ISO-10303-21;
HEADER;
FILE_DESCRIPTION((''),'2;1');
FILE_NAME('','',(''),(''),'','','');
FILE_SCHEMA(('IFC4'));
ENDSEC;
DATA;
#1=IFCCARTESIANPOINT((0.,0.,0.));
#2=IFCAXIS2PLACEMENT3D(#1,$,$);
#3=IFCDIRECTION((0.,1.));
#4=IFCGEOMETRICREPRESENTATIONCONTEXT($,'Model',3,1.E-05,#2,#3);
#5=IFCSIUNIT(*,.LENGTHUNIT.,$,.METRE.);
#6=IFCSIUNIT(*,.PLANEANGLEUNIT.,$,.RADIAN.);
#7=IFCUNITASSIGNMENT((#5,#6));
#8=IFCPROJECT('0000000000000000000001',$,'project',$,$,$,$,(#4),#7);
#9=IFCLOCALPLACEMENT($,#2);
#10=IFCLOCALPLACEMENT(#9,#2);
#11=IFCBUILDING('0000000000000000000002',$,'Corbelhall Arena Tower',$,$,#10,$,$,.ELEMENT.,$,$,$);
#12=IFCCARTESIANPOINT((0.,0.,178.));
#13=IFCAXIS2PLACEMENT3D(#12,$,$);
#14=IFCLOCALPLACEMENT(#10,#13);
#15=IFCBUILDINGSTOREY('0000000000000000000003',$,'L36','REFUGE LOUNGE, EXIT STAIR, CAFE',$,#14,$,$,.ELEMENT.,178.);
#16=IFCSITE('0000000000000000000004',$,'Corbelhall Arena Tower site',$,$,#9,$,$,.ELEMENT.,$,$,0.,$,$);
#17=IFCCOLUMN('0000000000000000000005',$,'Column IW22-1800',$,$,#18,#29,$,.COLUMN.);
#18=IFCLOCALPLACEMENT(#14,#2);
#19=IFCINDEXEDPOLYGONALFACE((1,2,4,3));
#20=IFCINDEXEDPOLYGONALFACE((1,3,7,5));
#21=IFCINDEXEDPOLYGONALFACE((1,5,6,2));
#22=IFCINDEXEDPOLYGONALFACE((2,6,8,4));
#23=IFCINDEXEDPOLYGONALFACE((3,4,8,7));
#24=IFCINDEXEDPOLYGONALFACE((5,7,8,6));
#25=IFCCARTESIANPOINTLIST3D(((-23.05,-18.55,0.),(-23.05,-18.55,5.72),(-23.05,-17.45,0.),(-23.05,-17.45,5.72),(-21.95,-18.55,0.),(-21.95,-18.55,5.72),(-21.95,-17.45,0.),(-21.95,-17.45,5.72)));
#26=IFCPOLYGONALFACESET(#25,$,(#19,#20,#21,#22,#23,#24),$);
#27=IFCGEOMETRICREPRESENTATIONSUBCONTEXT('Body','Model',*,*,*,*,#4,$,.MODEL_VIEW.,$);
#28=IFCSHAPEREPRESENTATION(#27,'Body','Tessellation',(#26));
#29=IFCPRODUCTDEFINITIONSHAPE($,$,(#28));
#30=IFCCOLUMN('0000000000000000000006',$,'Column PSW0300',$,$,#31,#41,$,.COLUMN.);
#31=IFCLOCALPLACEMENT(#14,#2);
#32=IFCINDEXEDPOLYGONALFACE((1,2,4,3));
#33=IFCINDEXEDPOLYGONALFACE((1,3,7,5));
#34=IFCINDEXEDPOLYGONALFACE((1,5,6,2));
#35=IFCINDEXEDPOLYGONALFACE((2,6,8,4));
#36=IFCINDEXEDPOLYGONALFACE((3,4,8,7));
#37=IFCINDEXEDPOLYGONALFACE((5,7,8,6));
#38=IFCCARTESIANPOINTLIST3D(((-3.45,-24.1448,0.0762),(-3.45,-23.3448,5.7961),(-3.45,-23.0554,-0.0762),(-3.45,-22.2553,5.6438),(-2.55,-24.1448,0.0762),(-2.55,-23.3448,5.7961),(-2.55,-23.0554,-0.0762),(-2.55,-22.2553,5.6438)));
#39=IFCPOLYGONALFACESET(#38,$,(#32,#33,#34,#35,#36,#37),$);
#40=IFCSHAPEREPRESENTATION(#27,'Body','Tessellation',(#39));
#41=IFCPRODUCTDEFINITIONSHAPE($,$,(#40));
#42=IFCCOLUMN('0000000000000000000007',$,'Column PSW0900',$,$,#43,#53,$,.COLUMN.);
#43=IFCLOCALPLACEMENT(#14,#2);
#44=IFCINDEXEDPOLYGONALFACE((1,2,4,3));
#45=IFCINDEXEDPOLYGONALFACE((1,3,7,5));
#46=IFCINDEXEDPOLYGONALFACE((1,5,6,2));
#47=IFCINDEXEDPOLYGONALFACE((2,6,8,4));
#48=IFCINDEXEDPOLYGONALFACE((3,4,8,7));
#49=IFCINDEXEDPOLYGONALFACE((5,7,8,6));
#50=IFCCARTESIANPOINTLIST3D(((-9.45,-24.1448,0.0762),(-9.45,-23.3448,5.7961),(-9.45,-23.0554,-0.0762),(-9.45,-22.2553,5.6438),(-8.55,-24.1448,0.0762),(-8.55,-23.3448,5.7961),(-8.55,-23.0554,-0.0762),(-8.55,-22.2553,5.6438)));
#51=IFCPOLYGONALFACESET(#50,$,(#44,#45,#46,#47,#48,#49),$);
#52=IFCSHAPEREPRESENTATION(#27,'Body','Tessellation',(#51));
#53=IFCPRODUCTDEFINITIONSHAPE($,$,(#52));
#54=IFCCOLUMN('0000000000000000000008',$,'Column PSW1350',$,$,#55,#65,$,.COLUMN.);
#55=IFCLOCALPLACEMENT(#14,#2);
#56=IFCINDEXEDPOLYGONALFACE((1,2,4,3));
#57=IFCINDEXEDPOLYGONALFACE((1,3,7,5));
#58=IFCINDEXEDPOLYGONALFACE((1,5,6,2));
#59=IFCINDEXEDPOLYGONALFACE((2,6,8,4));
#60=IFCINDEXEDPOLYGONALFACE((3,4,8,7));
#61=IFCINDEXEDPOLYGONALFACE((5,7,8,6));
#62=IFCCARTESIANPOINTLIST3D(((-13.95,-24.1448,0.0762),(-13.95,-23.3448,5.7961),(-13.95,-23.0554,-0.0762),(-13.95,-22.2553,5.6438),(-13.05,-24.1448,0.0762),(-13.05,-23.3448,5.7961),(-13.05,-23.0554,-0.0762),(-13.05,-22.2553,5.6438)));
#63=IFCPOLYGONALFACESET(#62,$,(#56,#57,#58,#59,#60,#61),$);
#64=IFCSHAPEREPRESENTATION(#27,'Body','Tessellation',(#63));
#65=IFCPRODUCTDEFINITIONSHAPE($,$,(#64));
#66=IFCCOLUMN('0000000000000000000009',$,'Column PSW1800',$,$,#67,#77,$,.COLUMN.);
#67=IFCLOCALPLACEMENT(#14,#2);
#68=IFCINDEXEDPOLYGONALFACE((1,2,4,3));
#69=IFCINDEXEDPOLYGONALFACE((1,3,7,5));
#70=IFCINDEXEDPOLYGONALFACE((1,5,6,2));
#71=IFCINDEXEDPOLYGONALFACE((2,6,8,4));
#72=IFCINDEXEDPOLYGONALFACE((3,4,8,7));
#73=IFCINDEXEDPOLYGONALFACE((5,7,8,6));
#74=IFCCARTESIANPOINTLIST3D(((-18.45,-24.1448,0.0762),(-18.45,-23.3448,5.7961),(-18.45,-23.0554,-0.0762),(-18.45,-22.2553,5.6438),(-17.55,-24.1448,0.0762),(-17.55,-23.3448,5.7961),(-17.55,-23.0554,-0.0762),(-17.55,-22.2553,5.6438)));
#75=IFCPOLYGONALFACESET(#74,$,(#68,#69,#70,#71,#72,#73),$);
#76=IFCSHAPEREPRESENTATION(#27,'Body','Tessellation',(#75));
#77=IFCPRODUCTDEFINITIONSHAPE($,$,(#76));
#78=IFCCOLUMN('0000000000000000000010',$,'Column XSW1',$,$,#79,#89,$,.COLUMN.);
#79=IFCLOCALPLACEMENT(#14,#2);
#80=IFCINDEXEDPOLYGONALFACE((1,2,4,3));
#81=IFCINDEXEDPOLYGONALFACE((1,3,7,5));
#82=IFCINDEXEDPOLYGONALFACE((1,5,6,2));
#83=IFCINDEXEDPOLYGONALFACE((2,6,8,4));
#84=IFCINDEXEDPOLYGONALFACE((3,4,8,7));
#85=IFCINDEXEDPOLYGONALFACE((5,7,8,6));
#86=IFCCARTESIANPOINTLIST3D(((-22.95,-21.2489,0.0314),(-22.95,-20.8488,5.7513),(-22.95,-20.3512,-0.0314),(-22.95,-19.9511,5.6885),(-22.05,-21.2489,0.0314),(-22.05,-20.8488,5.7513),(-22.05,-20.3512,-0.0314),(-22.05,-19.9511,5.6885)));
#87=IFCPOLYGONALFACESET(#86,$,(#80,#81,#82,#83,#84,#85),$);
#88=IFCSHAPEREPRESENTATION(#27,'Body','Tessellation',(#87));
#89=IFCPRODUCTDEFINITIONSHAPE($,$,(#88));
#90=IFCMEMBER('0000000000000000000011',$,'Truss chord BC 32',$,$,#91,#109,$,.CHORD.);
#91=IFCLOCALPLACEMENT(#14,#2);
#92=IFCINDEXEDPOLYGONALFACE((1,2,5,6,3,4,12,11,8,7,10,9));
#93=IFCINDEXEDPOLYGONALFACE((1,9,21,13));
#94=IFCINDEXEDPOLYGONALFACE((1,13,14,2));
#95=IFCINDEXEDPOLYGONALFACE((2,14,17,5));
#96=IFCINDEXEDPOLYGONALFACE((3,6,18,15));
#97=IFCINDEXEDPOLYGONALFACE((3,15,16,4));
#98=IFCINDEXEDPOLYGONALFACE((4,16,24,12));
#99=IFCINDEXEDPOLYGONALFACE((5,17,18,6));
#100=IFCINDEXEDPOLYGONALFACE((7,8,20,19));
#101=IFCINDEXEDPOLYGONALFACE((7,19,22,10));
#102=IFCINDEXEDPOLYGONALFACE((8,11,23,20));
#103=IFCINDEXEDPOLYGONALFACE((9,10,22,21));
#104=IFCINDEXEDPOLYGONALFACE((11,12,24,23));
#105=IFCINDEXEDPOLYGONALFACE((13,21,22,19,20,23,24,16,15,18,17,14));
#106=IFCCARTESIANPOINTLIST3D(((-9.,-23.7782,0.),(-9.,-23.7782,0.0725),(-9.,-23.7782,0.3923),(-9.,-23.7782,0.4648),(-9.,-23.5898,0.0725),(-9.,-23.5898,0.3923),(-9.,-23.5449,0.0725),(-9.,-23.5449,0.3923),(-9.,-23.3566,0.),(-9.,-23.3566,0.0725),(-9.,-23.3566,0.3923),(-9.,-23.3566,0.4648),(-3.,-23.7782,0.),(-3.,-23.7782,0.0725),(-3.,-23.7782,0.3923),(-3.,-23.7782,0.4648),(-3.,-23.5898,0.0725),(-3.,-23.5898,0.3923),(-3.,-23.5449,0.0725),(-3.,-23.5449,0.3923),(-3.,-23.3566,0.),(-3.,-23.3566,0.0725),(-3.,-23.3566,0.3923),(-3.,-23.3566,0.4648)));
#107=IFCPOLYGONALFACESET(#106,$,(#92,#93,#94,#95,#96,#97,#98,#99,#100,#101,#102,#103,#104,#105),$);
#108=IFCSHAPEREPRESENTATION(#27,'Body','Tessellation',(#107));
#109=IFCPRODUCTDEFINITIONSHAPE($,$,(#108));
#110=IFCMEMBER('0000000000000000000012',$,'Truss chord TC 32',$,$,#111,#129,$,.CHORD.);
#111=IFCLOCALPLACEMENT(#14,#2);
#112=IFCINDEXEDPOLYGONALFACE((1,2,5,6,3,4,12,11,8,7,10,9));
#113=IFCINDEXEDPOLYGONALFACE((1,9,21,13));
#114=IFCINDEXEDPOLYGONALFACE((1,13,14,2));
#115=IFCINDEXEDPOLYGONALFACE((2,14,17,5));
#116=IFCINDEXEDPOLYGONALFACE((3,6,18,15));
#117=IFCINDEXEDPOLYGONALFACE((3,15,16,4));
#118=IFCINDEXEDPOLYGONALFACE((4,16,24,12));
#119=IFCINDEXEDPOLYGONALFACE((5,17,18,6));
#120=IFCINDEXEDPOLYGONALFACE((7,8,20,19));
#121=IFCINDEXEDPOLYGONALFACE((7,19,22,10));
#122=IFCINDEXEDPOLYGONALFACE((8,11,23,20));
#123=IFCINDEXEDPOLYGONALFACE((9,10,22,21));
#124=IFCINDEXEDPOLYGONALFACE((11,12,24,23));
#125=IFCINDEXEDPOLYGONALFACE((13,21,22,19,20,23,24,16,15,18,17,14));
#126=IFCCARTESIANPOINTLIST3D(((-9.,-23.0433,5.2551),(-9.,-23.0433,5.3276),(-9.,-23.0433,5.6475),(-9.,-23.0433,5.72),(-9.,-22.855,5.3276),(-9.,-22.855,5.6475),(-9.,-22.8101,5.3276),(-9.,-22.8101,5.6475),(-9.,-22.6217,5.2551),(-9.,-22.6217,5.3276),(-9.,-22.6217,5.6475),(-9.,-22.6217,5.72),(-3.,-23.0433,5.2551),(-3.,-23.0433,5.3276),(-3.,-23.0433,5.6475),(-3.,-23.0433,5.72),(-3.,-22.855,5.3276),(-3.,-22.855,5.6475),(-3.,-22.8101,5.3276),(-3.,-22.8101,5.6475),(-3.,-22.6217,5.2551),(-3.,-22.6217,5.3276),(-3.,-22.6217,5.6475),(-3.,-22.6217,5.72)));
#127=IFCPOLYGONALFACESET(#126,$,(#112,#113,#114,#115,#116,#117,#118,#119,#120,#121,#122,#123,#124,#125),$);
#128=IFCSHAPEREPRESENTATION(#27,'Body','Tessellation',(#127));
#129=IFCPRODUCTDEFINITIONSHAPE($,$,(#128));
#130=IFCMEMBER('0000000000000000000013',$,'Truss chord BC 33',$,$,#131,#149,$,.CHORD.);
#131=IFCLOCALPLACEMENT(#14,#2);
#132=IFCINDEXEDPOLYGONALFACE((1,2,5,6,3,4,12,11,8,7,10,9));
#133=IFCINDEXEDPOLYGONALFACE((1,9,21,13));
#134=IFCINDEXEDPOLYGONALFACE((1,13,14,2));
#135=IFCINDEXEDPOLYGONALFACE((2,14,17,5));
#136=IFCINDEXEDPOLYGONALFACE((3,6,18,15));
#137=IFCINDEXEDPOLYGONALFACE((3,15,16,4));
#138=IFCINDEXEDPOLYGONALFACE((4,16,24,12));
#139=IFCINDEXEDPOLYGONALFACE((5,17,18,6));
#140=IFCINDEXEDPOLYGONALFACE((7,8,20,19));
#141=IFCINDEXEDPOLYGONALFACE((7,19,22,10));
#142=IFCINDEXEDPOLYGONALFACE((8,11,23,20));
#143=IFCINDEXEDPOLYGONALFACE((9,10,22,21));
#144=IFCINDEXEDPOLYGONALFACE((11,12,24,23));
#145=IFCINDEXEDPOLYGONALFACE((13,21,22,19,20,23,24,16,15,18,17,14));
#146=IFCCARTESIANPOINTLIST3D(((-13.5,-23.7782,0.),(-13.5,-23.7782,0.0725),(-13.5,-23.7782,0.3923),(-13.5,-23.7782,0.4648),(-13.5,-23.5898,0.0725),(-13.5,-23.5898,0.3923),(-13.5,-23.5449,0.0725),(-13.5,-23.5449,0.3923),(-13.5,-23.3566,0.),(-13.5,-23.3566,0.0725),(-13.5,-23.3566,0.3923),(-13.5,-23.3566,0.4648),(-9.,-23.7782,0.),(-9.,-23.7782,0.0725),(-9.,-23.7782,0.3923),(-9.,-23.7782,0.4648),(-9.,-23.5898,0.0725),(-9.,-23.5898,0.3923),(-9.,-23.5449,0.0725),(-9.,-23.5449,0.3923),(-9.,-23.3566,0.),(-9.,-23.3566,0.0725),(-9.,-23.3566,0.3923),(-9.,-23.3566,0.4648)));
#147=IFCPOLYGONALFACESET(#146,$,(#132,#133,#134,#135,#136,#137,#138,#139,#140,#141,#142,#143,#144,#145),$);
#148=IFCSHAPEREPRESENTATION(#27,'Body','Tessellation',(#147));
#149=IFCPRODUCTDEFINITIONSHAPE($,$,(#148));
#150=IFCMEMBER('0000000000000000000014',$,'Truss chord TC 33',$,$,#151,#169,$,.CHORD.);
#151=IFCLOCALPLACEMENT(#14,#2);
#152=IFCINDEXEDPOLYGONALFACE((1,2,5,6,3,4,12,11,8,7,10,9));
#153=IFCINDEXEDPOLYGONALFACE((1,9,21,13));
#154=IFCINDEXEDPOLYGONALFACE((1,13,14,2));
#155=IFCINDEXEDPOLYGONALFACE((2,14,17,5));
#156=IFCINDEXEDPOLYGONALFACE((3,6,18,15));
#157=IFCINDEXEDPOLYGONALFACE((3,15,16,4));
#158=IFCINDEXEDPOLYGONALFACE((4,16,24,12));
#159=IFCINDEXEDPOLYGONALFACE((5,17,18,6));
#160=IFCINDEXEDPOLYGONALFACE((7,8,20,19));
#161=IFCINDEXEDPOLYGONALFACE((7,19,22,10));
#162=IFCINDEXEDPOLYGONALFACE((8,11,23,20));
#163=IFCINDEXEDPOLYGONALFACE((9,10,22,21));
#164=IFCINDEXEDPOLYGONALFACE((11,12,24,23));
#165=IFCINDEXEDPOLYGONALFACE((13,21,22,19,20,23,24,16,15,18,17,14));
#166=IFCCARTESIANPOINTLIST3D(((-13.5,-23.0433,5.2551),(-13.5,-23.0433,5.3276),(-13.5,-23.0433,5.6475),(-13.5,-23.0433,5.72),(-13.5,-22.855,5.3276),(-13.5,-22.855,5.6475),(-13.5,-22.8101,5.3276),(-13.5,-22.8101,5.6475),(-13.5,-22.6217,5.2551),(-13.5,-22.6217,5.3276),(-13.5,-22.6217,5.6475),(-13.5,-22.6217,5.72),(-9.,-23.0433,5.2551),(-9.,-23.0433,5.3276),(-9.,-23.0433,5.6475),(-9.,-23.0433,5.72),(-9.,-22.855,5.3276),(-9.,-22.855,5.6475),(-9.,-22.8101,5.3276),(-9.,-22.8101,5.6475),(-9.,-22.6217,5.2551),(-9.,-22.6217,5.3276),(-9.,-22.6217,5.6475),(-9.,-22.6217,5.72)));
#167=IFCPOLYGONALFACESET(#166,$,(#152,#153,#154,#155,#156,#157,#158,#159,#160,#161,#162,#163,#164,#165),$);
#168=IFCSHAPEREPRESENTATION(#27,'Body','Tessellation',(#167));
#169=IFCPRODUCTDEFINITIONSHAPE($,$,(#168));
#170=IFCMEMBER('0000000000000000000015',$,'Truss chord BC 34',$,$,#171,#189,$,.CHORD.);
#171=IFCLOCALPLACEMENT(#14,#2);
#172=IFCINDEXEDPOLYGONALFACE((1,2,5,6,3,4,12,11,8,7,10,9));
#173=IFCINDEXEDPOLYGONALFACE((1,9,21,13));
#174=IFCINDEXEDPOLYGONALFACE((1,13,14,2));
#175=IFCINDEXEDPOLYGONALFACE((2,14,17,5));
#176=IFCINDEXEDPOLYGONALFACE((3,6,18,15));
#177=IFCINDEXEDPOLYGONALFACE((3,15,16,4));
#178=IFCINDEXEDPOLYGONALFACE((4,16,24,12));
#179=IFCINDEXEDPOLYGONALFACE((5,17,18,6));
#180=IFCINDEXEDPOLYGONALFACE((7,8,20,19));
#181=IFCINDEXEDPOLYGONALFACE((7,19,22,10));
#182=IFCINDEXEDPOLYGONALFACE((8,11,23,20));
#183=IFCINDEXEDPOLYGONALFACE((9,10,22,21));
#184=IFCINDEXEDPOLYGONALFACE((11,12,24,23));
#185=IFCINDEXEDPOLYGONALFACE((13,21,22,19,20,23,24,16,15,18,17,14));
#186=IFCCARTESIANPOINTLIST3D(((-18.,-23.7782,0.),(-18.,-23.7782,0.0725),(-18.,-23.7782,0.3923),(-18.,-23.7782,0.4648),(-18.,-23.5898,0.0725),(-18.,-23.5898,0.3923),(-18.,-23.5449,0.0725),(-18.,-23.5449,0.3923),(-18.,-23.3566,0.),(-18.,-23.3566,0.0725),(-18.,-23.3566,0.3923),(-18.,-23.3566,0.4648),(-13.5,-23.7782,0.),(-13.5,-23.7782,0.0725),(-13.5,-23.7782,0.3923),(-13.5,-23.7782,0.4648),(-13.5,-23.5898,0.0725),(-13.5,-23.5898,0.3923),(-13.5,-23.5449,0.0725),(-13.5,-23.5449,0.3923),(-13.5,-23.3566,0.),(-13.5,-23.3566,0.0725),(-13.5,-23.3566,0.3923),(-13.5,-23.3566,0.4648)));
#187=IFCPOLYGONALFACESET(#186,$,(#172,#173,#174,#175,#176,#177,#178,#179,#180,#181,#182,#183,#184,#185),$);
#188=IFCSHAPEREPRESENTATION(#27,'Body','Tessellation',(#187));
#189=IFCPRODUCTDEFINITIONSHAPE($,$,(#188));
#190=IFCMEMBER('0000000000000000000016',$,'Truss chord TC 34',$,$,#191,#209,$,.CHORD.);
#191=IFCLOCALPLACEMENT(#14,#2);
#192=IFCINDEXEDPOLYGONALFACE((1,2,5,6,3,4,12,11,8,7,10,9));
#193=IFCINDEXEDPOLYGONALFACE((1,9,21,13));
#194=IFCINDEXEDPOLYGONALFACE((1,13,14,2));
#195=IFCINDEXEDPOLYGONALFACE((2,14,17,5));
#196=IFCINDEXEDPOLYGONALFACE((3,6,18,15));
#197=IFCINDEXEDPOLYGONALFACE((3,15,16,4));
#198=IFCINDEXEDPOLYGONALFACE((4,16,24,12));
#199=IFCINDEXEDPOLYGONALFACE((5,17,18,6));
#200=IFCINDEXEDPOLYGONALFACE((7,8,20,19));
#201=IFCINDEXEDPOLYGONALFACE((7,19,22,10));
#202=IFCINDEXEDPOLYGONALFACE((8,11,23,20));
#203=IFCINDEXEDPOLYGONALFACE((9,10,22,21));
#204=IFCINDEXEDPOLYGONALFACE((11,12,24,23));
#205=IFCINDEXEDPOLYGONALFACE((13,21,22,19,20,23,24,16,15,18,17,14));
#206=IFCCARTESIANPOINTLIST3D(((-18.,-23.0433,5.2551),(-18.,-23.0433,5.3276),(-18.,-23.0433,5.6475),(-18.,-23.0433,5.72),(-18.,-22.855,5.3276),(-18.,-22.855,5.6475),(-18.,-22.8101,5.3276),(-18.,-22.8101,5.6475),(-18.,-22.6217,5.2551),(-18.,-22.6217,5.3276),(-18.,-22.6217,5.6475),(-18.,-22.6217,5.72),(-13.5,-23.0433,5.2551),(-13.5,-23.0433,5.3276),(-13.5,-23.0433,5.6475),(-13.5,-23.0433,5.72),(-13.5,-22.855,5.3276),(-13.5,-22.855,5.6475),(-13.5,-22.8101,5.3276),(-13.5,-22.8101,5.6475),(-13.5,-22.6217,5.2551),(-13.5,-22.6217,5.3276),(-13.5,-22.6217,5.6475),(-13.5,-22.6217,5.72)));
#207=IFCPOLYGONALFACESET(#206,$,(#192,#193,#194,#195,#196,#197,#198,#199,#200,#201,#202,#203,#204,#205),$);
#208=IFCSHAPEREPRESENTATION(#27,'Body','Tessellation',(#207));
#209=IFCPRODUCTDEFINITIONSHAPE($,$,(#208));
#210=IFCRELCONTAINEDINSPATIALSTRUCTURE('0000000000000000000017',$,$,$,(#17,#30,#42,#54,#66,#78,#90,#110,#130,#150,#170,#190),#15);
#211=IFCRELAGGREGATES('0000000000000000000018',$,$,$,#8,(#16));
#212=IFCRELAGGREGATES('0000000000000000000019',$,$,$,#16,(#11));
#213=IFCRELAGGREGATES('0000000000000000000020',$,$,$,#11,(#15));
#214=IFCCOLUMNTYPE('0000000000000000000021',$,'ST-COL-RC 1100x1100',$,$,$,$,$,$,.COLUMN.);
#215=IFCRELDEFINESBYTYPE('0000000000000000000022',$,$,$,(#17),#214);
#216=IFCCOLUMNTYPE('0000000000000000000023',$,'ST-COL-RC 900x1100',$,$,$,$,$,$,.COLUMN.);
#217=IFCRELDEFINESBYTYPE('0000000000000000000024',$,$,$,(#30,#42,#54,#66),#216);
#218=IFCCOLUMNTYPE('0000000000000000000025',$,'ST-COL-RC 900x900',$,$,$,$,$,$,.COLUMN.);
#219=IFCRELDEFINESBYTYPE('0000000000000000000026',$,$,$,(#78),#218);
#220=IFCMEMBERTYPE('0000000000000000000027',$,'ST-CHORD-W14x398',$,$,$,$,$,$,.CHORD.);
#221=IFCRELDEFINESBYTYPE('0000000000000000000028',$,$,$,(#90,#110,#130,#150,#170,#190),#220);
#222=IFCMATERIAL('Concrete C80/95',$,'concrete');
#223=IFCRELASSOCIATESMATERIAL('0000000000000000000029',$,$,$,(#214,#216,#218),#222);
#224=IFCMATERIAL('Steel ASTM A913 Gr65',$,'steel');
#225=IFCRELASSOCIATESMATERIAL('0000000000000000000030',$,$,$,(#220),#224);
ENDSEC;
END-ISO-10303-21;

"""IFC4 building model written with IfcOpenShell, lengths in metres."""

from ifc_helpers import new_model, si_unit, direction, frame, origin, origin_2d, place, context, subcontext, project, spatial, rectangle, i_section, extrude, material, material_profile, profile_set, type_object, element, save


model = new_model("IFC4")

# Units and contexts
model_context = context("Model", 3, precision=1e-05, world=origin(), true_north=direction((0.0, 1.0)))
body_context = subcontext(model_context, "Body", "Model", "MODEL_VIEW")
ifc_project = project(units=[si_unit("LENGTHUNIT", "METRE"), si_unit("PLANEANGLEUNIT", "RADIAN")], contexts=[model_context])

# Site, building, storey
site_placement = place(None, origin())
site = spatial("IfcSite", under=ifc_project, at=site_placement, Name="Corbelhall Arena Tower site", CompositionType="ELEMENT", RefElevation=0.0)
building_placement = place(site_placement, origin())
building = spatial("IfcBuilding", under=site, at=building_placement, Name="Corbelhall Arena Tower", CompositionType="ELEMENT")
storey_placement = place(building_placement, frame((0.0, 0.0, 178.0)))
storey = spatial("IfcBuildingStorey", under=building, at=storey_placement, Name="L36", Description="REFUGE LOUNGE, EXIT STAIR, CAFE", CompositionType="ELEMENT", Elevation=178.0)

# Columns
ifc_material_1 = material(Name="Concrete C80/95", Category="concrete")
ifc_material_profile_1 = material_profile(ifc_material_1, rectangle(XDim=1.1001, YDim=1.1001, at=origin_2d()))
ifc_profile_set_1 = profile_set([ifc_material_profile_1], Name="Concrete C80/95")
column_type_1 = type_object("IfcColumnType", Name="ST-COL-RC 1100x1100", PredefinedType="COLUMN", material=ifc_profile_set_1)
column_1_placement = place(storey_placement, frame((-22.5, -18.0, 0.0), z_axis=(0.0, 0.0, 1.0), x_axis=(1.0, 0.0, 0.0)))
element("IfcColumn", 1, at=column_1_placement, inside=storey, type_object=column_type_1, Name="Column IW22-1800", PredefinedType="COLUMN", context=body_context, shape_type="SweptSolid", body=[
    extrude(rectangle(XDim=1.1001, YDim=1.1001, at=origin_2d()), origin(), (0.0, 0.0, 1.0), 5.72),
])
ifc_material_profile_2 = material_profile(ifc_material_1, rectangle(XDim=0.8999, YDim=1.1001, at=origin_2d()))
ifc_profile_set_2 = profile_set([ifc_material_profile_2], Name="Concrete C80/95")
column_type_2 = type_object("IfcColumnType", Name="ST-COL-RC 900x1100", PredefinedType="COLUMN", material=ifc_profile_set_2)
for number, where, z_axis, x_axis, name in (
    (2, (-3.0, -23.6001, 0.0), (0.0, 0.138521, 0.990359), (-1.0, 0.0, 0.0), "Column PSW0300"),
    (3, (-9.0, -23.6001, 0.0), (0.0, 0.138521, 0.990359), (-1.0, 0.0, 0.0), "Column PSW0900"),
    (4, (-13.5, -23.6001, 0.0), (0.0, 0.138521, 0.990359), (-1.0, 0.0, 0.0), "Column PSW1350"),
    (5, (-18.0, -23.6001, 0.0), (0.0, 0.138521, 0.990359), (-1.0, 0.0, 0.0), "Column PSW1800"),
):
    element("IfcColumn", number, at=place(storey_placement, frame(where, z_axis=z_axis, x_axis=x_axis)), inside=storey, type_object=column_type_2, Name=name, PredefinedType="COLUMN", context=body_context, shape_type="SweptSolid", body=[
        extrude(rectangle(XDim=0.8999, YDim=1.1001, at=origin_2d()), origin(), (0.0, 0.0, 1.0), 5.7756),
    ])
ifc_material_profile_3 = material_profile(ifc_material_1, rectangle(XDim=0.8999, YDim=0.8999, at=origin_2d()))
ifc_profile_set_3 = profile_set([ifc_material_profile_3], Name="Concrete C80/95")
column_type_3 = type_object("IfcColumnType", Name="ST-COL-RC 900x900", PredefinedType="COLUMN", material=ifc_profile_set_3)
column_2_placement = place(storey_placement, frame((-22.5, -20.8, 0.0), z_axis=(0.0, 0.069785, 0.997562), x_axis=(-1.0, 0.0, 0.0)))
element("IfcColumn", 6, at=column_2_placement, inside=storey, type_object=column_type_3, Name="Column XSW1", PredefinedType="COLUMN", context=body_context, shape_type="SweptSolid", body=[
    extrude(rectangle(XDim=0.8999, YDim=0.8999, at=origin_2d()), origin(), (0.0, 0.0, 1.0), 5.7339),
])

# Members
ifc_material_2 = material(Name="Steel ASTM A913 Gr65", Category="steel")
ifc_material_profile_4 = material_profile(ifc_material_2, i_section(OverallWidth=0.4216, OverallDepth=0.4648, WebThickness=0.0449, FlangeThickness=0.0725, at=origin_2d()))
ifc_profile_set_4 = profile_set([ifc_material_profile_4], Name="Steel ASTM A913 Gr65")
member_type_1 = type_object("IfcMemberType", Name="ST-CHORD-W14x398", PredefinedType="CHORD", material=ifc_profile_set_4)
for number, where, z_axis, x_axis, name in (
    (7, (-3.0, -23.5674, 0.2324), (-1.0, 0.0, 0.0), (0.0, -1.0, 0.0), "Truss chord BC 32"),
    (8, (-3.0, -22.8325, 5.4875), (-1.0, 0.0, 0.0), (0.0, -1.0, 0.0), "Truss chord TC 32"),
):
    element("IfcMember", number, at=place(storey_placement, frame(where, z_axis=z_axis, x_axis=x_axis)), inside=storey, type_object=member_type_1, Name=name, PredefinedType="CHORD", context=body_context, shape_type="SweptSolid", body=[
        extrude(i_section(OverallWidth=0.4216, OverallDepth=0.4648, WebThickness=0.0449, FlangeThickness=0.0725, at=origin_2d()), origin(), (0.0, 0.0, 1.0), 6.0),
    ])
for number, where, z_axis, x_axis, name in (
    (9, (-9.0, -23.5674, 0.2324), (-1.0, 0.0, 0.0), (0.0, -1.0, 0.0), "Truss chord BC 33"),
    (10, (-9.0, -22.8325, 5.4875), (-1.0, 0.0, 0.0), (0.0, -1.0, 0.0), "Truss chord TC 33"),
    (11, (-13.5, -23.5674, 0.2324), (-1.0, 0.0, 0.0), (0.0, -1.0, 0.0), "Truss chord BC 34"),
    (12, (-13.5, -22.8325, 5.4875), (-1.0, 0.0, 0.0), (0.0, -1.0, 0.0), "Truss chord TC 34"),
):
    element("IfcMember", number, at=place(storey_placement, frame(where, z_axis=z_axis, x_axis=x_axis)), inside=storey, type_object=member_type_1, Name=name, PredefinedType="CHORD", context=body_context, shape_type="SweptSolid", body=[
        extrude(i_section(OverallWidth=0.4216, OverallDepth=0.4648, WebThickness=0.0449, FlangeThickness=0.0725, at=origin_2d()), origin(), (0.0, 0.0, 1.0), 4.5),
    ])

save(model, "model.ifc")
